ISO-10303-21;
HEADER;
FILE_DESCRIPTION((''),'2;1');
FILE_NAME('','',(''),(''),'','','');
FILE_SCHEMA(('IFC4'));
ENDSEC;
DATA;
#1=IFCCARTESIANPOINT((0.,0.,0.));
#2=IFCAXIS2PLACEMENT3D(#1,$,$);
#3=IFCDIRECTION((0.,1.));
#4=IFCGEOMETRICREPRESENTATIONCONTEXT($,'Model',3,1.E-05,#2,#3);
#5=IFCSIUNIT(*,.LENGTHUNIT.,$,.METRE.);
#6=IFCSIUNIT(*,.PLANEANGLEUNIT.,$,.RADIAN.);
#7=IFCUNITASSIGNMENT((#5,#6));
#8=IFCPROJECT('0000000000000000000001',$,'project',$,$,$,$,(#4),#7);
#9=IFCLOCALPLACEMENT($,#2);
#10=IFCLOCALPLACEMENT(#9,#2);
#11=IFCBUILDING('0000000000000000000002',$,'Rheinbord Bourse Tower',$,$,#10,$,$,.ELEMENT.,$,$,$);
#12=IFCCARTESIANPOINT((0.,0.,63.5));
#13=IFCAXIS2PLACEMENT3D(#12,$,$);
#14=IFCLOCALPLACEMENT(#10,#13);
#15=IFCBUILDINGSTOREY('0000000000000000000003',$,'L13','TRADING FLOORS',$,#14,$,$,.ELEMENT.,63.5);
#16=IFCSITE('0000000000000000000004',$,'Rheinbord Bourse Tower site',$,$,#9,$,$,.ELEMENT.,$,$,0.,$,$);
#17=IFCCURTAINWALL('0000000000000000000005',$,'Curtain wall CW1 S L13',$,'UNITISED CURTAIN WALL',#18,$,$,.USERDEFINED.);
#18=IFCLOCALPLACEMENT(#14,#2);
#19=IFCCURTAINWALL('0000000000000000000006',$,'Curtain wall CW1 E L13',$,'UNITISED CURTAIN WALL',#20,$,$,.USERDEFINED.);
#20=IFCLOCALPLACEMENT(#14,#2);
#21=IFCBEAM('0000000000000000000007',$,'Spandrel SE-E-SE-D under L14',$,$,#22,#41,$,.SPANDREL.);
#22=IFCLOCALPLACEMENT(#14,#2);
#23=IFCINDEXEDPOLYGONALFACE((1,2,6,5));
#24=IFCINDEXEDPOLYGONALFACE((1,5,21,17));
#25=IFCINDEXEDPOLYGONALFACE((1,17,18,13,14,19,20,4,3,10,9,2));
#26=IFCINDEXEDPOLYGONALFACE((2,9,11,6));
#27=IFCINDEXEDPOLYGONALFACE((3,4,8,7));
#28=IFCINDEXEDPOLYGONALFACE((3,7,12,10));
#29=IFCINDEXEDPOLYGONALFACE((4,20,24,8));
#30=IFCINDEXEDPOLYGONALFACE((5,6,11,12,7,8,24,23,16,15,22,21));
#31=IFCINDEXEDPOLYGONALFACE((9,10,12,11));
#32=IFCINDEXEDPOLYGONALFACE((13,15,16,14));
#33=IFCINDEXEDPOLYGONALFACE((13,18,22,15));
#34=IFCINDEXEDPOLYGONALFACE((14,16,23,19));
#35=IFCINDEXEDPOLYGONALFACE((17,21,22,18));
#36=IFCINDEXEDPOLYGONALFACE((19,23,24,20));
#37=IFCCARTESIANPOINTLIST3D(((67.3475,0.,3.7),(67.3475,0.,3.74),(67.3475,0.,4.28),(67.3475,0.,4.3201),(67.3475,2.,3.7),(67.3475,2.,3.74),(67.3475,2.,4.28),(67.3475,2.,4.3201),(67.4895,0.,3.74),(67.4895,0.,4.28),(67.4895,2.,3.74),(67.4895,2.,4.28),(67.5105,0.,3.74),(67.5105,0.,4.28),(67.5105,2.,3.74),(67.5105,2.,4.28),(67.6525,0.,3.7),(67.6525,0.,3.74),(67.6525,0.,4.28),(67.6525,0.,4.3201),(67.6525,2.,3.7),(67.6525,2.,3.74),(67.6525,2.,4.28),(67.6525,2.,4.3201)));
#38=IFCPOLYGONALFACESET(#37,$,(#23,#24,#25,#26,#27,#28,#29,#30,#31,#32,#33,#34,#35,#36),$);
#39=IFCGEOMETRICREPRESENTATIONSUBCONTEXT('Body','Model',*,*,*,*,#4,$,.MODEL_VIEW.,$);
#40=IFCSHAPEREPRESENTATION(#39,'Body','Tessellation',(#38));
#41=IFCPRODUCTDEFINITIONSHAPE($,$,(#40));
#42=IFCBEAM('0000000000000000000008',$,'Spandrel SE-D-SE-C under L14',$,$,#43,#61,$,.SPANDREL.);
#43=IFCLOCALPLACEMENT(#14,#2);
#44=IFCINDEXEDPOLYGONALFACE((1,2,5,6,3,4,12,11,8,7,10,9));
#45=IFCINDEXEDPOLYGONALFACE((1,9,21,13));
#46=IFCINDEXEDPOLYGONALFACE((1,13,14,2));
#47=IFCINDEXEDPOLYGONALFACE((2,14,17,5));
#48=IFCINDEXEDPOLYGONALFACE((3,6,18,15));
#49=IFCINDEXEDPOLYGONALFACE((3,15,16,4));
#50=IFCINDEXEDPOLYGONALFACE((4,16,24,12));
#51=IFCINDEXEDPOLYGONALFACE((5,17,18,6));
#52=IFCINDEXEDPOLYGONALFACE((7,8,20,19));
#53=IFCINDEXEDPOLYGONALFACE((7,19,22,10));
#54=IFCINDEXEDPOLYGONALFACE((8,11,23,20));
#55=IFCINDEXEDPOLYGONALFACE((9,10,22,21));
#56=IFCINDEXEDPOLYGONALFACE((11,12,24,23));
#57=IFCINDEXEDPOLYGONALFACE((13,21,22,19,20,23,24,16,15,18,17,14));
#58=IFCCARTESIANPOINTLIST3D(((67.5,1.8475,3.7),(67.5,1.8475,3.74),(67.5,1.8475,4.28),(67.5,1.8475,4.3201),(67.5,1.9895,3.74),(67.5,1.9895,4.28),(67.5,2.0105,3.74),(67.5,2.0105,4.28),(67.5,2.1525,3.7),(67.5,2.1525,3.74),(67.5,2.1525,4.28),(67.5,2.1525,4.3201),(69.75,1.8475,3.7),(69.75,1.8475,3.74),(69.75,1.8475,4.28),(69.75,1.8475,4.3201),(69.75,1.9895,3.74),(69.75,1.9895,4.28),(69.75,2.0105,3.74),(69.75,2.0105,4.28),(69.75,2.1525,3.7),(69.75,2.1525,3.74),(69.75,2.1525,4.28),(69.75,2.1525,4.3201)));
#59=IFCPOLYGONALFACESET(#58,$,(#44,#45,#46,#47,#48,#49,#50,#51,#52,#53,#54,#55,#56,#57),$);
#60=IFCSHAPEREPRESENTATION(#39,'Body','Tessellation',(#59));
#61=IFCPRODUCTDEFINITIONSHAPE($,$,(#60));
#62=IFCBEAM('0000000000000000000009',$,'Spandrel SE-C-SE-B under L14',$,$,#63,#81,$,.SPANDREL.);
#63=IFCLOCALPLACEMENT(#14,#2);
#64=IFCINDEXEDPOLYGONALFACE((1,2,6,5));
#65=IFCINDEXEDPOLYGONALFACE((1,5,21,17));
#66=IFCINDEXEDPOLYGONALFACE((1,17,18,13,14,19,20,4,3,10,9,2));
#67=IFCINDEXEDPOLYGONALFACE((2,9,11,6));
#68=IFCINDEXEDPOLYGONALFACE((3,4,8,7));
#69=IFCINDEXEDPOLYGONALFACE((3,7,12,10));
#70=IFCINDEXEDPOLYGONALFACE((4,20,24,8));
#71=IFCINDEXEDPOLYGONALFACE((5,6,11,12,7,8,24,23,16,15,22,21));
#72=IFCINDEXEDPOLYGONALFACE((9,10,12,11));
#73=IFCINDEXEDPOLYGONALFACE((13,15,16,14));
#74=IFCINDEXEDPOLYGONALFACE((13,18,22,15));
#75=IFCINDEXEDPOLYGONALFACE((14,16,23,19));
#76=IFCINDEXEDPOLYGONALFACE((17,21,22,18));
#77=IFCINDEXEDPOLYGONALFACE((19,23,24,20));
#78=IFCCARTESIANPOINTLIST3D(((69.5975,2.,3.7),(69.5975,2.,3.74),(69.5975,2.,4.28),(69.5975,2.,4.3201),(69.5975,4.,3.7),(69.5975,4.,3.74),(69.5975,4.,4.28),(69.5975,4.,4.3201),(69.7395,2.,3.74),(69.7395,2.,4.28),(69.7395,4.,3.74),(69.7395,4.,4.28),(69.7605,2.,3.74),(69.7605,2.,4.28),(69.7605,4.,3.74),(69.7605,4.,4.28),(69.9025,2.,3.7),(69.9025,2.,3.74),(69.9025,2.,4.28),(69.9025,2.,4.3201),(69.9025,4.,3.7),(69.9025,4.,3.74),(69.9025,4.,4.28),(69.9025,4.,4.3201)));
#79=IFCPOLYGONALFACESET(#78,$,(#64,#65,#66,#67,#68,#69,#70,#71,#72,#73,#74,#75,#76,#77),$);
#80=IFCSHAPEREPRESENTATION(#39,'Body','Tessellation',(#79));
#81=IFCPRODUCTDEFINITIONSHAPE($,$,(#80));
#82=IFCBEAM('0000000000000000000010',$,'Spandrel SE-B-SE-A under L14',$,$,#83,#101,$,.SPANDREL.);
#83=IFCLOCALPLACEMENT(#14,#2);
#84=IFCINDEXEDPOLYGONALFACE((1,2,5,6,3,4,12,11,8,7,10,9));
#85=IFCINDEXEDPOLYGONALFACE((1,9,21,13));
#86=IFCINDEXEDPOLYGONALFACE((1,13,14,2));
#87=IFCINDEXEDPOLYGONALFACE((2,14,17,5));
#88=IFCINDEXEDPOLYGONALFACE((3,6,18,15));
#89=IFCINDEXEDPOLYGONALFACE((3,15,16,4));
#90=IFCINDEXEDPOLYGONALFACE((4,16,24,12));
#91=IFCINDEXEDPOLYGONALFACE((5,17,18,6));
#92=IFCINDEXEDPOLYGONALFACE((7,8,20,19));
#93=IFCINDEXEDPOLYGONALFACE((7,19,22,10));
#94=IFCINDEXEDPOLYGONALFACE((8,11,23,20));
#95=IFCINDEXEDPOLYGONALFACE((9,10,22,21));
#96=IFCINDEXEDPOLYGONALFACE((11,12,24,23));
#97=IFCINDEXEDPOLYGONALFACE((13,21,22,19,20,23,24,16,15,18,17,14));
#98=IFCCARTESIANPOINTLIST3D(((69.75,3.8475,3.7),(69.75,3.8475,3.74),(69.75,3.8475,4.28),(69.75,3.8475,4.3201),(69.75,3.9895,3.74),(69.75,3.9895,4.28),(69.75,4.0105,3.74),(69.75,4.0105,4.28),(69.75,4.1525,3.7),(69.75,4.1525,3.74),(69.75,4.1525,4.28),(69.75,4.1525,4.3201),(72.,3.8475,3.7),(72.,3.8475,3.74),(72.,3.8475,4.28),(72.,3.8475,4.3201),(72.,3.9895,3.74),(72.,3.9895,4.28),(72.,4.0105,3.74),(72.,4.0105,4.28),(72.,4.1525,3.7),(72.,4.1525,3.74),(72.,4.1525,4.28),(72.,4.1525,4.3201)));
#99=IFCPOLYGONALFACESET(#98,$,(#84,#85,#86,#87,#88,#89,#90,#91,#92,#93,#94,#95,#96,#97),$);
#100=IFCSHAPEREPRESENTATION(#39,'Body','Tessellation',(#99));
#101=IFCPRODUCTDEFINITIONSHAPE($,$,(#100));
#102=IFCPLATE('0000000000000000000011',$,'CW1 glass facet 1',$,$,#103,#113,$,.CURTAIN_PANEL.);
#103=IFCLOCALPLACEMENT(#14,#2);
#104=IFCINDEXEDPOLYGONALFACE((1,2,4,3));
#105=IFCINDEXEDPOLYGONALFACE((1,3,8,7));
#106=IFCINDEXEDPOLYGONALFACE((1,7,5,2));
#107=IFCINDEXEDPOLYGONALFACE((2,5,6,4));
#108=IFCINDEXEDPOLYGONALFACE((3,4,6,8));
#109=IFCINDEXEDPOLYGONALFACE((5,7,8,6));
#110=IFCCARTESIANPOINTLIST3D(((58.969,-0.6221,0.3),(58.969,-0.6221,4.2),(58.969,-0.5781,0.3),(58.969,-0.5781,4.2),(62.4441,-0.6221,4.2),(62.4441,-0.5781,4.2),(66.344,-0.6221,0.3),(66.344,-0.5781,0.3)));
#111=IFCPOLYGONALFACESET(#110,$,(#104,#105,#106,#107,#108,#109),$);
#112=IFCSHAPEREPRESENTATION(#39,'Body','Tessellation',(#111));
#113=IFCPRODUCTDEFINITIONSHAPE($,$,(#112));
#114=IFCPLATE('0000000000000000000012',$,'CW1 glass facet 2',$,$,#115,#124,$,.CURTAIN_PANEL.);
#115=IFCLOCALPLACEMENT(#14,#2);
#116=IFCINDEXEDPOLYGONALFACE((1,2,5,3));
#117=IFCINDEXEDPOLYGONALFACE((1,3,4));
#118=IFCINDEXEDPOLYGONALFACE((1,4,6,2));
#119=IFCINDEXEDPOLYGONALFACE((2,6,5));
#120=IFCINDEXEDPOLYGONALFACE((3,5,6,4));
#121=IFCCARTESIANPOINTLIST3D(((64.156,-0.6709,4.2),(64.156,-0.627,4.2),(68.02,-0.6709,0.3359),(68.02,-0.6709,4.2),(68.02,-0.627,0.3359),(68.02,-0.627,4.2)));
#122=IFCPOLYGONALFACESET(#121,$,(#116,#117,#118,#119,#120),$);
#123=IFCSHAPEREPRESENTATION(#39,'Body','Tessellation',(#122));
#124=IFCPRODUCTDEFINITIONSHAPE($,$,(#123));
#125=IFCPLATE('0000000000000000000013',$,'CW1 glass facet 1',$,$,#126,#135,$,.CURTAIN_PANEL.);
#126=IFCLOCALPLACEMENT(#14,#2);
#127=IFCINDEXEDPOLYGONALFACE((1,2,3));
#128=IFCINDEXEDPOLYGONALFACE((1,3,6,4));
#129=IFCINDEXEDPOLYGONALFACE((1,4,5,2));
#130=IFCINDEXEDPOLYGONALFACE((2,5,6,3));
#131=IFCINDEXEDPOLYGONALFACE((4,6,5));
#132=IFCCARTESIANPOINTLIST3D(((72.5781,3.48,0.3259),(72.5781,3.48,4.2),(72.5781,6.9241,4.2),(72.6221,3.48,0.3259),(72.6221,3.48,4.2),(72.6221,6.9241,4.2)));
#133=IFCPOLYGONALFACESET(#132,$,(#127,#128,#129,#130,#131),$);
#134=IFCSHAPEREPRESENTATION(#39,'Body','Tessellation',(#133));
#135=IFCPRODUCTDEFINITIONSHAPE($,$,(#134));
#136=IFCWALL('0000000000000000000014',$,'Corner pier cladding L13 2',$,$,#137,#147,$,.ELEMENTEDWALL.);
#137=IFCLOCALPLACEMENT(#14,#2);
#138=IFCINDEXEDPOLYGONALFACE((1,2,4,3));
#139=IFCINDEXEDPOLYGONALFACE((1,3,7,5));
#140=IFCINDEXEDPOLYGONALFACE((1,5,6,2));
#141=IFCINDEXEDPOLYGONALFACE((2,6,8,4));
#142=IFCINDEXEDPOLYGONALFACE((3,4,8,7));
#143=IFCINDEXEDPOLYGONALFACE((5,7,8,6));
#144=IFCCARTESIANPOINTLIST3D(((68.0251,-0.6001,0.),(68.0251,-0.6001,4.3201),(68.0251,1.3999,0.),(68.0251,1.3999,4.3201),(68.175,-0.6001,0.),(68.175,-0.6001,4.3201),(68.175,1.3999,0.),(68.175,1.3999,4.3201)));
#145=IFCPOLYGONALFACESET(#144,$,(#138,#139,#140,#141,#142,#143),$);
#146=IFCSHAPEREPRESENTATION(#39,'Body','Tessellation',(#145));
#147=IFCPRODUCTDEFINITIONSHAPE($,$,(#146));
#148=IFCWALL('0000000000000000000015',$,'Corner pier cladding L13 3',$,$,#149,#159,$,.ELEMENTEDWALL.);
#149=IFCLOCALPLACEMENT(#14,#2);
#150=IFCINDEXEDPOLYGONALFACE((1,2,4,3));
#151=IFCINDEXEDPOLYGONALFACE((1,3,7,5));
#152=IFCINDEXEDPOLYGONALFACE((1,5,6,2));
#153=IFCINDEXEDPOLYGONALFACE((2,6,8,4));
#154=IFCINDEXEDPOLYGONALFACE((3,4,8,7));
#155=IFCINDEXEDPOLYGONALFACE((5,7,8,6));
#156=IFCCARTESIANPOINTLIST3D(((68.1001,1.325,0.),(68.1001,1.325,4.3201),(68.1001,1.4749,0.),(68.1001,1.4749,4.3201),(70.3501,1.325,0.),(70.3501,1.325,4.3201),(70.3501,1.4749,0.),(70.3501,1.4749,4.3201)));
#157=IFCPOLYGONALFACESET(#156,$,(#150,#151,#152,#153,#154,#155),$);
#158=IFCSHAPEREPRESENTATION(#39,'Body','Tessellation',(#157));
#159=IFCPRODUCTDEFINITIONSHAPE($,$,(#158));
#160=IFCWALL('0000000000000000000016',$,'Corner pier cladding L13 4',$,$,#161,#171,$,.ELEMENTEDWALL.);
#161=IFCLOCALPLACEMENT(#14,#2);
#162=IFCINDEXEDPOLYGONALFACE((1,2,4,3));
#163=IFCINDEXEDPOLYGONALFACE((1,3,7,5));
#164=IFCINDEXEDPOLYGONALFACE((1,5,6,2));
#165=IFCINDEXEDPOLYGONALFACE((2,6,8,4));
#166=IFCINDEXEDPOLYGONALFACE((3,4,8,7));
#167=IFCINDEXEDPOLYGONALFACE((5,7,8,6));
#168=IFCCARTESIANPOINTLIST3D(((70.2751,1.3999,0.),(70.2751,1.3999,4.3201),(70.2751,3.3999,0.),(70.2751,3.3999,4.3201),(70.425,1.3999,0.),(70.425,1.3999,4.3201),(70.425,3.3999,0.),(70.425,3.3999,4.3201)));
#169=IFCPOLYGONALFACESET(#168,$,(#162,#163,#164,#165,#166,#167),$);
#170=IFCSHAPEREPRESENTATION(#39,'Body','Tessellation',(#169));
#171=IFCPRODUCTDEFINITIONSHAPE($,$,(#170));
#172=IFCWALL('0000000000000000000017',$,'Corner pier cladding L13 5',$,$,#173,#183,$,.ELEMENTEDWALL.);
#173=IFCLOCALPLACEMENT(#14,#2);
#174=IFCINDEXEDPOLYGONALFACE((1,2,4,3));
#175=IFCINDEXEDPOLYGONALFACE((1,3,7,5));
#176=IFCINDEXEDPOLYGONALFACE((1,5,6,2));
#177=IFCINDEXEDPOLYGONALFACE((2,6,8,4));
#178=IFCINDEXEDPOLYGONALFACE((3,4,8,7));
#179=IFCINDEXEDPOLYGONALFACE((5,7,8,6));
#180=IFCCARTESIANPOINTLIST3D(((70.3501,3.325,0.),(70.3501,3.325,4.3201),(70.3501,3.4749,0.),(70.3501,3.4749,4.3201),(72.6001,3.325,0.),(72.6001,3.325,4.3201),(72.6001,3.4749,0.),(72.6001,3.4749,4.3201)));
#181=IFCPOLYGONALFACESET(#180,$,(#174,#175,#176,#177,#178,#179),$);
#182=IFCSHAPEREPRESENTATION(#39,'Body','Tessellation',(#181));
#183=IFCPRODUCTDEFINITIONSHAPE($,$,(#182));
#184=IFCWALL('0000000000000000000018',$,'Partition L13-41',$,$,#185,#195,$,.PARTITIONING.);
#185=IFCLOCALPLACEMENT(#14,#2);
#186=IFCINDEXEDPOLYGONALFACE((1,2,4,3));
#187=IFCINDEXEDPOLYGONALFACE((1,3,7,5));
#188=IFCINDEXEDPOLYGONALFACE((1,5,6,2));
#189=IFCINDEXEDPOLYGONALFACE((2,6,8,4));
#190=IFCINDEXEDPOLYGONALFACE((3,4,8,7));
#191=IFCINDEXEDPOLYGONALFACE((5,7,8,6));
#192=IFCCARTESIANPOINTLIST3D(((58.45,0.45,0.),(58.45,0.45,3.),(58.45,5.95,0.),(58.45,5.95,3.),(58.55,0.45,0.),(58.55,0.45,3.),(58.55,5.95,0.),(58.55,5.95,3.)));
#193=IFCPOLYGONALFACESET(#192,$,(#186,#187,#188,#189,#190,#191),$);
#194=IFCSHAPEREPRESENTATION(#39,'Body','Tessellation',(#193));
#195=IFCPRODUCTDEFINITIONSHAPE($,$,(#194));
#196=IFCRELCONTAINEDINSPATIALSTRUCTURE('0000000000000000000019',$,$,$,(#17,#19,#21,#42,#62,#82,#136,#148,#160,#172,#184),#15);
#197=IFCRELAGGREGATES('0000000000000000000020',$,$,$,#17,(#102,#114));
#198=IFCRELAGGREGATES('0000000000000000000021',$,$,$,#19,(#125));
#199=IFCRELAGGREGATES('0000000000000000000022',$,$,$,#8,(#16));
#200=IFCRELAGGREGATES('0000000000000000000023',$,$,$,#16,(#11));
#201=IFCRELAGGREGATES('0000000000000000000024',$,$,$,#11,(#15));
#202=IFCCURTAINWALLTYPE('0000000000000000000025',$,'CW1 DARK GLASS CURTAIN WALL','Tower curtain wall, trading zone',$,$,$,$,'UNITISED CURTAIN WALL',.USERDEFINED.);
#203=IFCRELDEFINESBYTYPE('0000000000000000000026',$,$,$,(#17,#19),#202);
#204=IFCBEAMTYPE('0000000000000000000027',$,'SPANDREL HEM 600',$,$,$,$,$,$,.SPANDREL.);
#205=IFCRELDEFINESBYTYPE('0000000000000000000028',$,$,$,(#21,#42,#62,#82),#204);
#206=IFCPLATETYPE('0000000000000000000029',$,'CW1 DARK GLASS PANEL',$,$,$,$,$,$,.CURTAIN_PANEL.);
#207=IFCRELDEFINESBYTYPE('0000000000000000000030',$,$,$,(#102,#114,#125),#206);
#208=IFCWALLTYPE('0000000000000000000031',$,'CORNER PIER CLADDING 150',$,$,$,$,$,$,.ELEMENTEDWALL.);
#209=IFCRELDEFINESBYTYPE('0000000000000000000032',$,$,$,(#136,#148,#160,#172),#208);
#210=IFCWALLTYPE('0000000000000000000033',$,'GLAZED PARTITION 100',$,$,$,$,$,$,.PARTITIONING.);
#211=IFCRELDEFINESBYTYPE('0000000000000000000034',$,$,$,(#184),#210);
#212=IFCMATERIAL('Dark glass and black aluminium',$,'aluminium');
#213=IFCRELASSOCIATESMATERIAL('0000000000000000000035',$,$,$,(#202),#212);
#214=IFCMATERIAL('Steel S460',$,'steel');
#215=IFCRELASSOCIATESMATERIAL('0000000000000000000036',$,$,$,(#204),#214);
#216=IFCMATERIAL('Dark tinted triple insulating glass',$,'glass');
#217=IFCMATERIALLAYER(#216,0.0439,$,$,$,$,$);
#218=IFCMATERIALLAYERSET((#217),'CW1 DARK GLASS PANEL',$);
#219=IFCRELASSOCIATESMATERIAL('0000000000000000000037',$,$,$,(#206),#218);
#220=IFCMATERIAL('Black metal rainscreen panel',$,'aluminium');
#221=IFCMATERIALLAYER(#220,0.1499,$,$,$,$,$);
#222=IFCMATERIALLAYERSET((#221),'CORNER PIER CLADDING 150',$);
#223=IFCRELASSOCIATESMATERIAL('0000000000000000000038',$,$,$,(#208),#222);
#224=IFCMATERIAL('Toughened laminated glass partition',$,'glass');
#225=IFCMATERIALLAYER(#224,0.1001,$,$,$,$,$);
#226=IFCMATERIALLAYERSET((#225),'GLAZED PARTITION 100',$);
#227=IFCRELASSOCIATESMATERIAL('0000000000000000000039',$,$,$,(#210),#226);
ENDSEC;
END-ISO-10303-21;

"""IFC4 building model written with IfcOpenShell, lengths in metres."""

from ifc_helpers import new_model, si_unit, direction, frame, frame_2d, origin, origin_2d, place, context, subcontext, project, spatial, polyline, rectangle, i_section, outline, extrude, material, layer, layer_set, material_profile, profile_set, type_object, element, aggregate, save


model = new_model("IFC4")

# Units and contexts
model_context = context("Model", 3, precision=1e-05, world=origin(), true_north=direction((0.0, 1.0)))
body_context = subcontext(model_context, "Body", "Model", "MODEL_VIEW")
ifc_project = project(units=[si_unit("LENGTHUNIT", "METRE"), si_unit("PLANEANGLEUNIT", "RADIAN")], contexts=[model_context])

# Site, building, storey
site_placement = place(None, origin())
site = spatial("IfcSite", under=ifc_project, at=site_placement, Name="Rheinbord Bourse Tower site", CompositionType="ELEMENT", RefElevation=0.0)
building_placement = place(site_placement, origin())
building = spatial("IfcBuilding", under=site, at=building_placement, Name="Rheinbord Bourse Tower", CompositionType="ELEMENT")
storey_placement = place(building_placement, frame((0.0, 0.0, 63.5)))
storey = spatial("IfcBuildingStorey", under=building, at=storey_placement, Name="L13", Description="TRADING FLOORS", CompositionType="ELEMENT", Elevation=63.5)

# Curtain wall
ifc_material_1 = material(Name="Dark glass and black aluminium", Category="aluminium")
curtain_wall_type = type_object("IfcCurtainWallType", Name="CW1 DARK GLASS CURTAIN WALL", Description="Tower curtain wall, trading zone", ElementType="UNITISED CURTAIN WALL", PredefinedType="USERDEFINED", material=ifc_material_1)
curtain_wall_1_placement = place(storey_placement, origin())
curtain_wall_1 = element("IfcCurtainWall", 1, at=curtain_wall_1_placement, inside=storey, type_object=curtain_wall_type, Name="Curtain wall CW1 S L13", ObjectType="UNITISED CURTAIN WALL", PredefinedType="USERDEFINED")

# Curtain wall
curtain_wall_2_placement = place(storey_placement, origin())
curtain_wall_2 = element("IfcCurtainWall", 2, at=curtain_wall_2_placement, inside=storey, type_object=curtain_wall_type, Name="Curtain wall CW1 E L13", ObjectType="UNITISED CURTAIN WALL", PredefinedType="USERDEFINED")

# Beams
ifc_material_2 = material(Name="Steel S460", Category="steel")
ifc_material_profile_1 = material_profile(ifc_material_2, i_section(OverallWidth=0.3049, OverallDepth=0.6201, WebThickness=0.021, FlangeThickness=0.04, at=origin_2d()), Name="HEM 600")
ifc_profile_set_1 = profile_set([ifc_material_profile_1], Name="Steel S460")
beam_type_1 = type_object("IfcBeamType", Name="SPANDREL HEM 600", PredefinedType="SPANDREL", material=ifc_profile_set_1)
beam_1_placement = place(storey_placement, frame((67.5, 0.0, 4.01), z_axis=(0.0, 1.0, 0.0), x_axis=(-1.0, 0.0, 0.0)))
element("IfcBeam", 3, at=beam_1_placement, inside=storey, type_object=beam_type_1, Name="Spandrel SE-E-SE-D under L14", PredefinedType="SPANDREL", context=body_context, shape_type="SweptSolid", body=[
    extrude(i_section(OverallWidth=0.3049, OverallDepth=0.6201, WebThickness=0.021, FlangeThickness=0.04, at=origin_2d()), origin(), (0.0, 0.0, 1.0), 2.0),
])
beam_2_placement = place(storey_placement, frame((67.5, 2.0, 4.01), z_axis=(1.0, 0.0, 0.0), x_axis=(0.0, 1.0, 0.0)))
element("IfcBeam", 4, at=beam_2_placement, inside=storey, type_object=beam_type_1, Name="Spandrel SE-D-SE-C under L14", PredefinedType="SPANDREL", context=body_context, shape_type="SweptSolid", body=[
    extrude(i_section(OverallWidth=0.3049, OverallDepth=0.6201, WebThickness=0.021, FlangeThickness=0.04, at=origin_2d()), origin(), (0.0, 0.0, 1.0), 2.25),
])
beam_3_placement = place(storey_placement, frame((69.75, 2.0, 4.01), z_axis=(0.0, 1.0, 0.0), x_axis=(-1.0, 0.0, 0.0)))
element("IfcBeam", 5, at=beam_3_placement, inside=storey, type_object=beam_type_1, Name="Spandrel SE-C-SE-B under L14", PredefinedType="SPANDREL", context=body_context, shape_type="SweptSolid", body=[
    extrude(i_section(OverallWidth=0.3049, OverallDepth=0.6201, WebThickness=0.021, FlangeThickness=0.04, at=origin_2d()), origin(), (0.0, 0.0, 1.0), 2.0),
])
beam_4_placement = place(storey_placement, frame((69.75, 4.0, 4.01), z_axis=(1.0, 0.0, 0.0), x_axis=(0.0, 1.0, 0.0)))
element("IfcBeam", 6, at=beam_4_placement, inside=storey, type_object=beam_type_1, Name="Spandrel SE-B-SE-A under L14", PredefinedType="SPANDREL", context=body_context, shape_type="SweptSolid", body=[
    extrude(i_section(OverallWidth=0.3049, OverallDepth=0.6201, WebThickness=0.021, FlangeThickness=0.04, at=origin_2d()), origin(), (0.0, 0.0, 1.0), 2.25),
])

# Plates
ifc_material_3 = material(Name="Dark tinted triple insulating glass", Category="glass")
ifc_layer_1 = layer(ifc_material_3, 0.0439)
ifc_layer_set_1 = layer_set([ifc_layer_1], Name="CW1 DARK GLASS PANEL")
plate_type = type_object("IfcPlateType", Name="CW1 DARK GLASS PANEL", PredefinedType="CURTAIN_PANEL", material=ifc_layer_set_1)
plate_1_placement = place(storey_placement, frame((58.969, -0.6221, 0.3), z_axis=(0.0, 1.0, 0.0), x_axis=(0.0, 0.0, 1.0)))
plate_1 = element("IfcPlate", 7, at=plate_1_placement, type_object=plate_type, Name="CW1 glass facet 1", PredefinedType="CURTAIN_PANEL", context=body_context, shape_type="SweptSolid", body=[
    extrude(outline(polyline([(0.0, 0.0), (3.8999, 0.0), (3.8999, 3.4751), (0.0, 7.375), (0.0, 0.0)])), origin(), (0.0, 0.0, 1.0), 0.0439),
])
plate_2_placement = place(storey_placement, frame((68.02, -0.6709, 4.2), z_axis=(0.0, 1.0, 0.0), x_axis=(0.0, 0.0, -1.0)))
plate_2 = element("IfcPlate", 8, at=plate_2_placement, type_object=plate_type, Name="CW1 glass facet 2", PredefinedType="CURTAIN_PANEL", context=body_context, shape_type="SweptSolid", body=[
    extrude(outline(polyline([(0.0, 0.0), (3.864, 0.0), (0.0, 3.864), (0.0, 0.0)])), origin(), (0.0, 0.0, 1.0), 0.0439),
])
aggregate(curtain_wall_1, [plate_1, plate_2])
plate_3_placement = place(storey_placement, frame((72.6221, 3.48, 4.2), z_axis=(-1.0, 0.0, 0.0), x_axis=(0.0, 1.0, 0.0)))
plate_3 = element("IfcPlate", 9, at=plate_3_placement, type_object=plate_type, Name="CW1 glass facet 1", PredefinedType="CURTAIN_PANEL", context=body_context, shape_type="SweptSolid", body=[
    extrude(outline(polyline([(0.0, 0.0), (3.4441, 0.0), (0.0, 3.874), (0.0, 0.0)])), origin(), (0.0, 0.0, 1.0), 0.0439),
])
aggregate(curtain_wall_2, [plate_3])

# Walls
ifc_material_4 = material(Name="Black metal rainscreen panel", Category="aluminium")
ifc_layer_2 = layer(ifc_material_4, 0.1499)
ifc_layer_set_2 = layer_set([ifc_layer_2], Name="CORNER PIER CLADDING 150")
wall_type_1 = type_object("IfcWallType", Name="CORNER PIER CLADDING 150", PredefinedType="ELEMENTEDWALL", material=ifc_layer_set_2)
wall_1_placement = place(storey_placement, frame((68.1001, -0.6001, 0.0), z_axis=(0.0, 0.0, 1.0), x_axis=(0.0, 1.0, 0.0)))
element("IfcWall", 10, at=wall_1_placement, inside=storey, type_object=wall_type_1, Name="Corner pier cladding L13 2", PredefinedType="ELEMENTEDWALL", context=body_context, shape_type="SweptSolid", body=[
    extrude(rectangle(XDim=2.0, YDim=0.1499, at=frame_2d((1.0, 0.0))), origin(), (0.0, 0.0, 1.0), 4.3201),
])
wall_2_placement = place(storey_placement, frame((68.1001, 1.3999, 0.0), z_axis=(0.0, 0.0, 1.0), x_axis=(1.0, 0.0, 0.0)))
element("IfcWall", 11, at=wall_2_placement, inside=storey, type_object=wall_type_1, Name="Corner pier cladding L13 3", PredefinedType="ELEMENTEDWALL", context=body_context, shape_type="SweptSolid", body=[
    extrude(rectangle(XDim=2.25, YDim=0.1499, at=frame_2d((1.125, 0.0))), origin(), (0.0, 0.0, 1.0), 4.3201),
])
wall_3_placement = place(storey_placement, frame((70.3501, 1.3999, 0.0), z_axis=(0.0, 0.0, 1.0), x_axis=(0.0, 1.0, 0.0)))
element("IfcWall", 12, at=wall_3_placement, inside=storey, type_object=wall_type_1, Name="Corner pier cladding L13 4", PredefinedType="ELEMENTEDWALL", context=body_context, shape_type="SweptSolid", body=[
    extrude(rectangle(XDim=2.0, YDim=0.1499, at=frame_2d((1.0, 0.0))), origin(), (0.0, 0.0, 1.0), 4.3201),
])
wall_4_placement = place(storey_placement, frame((70.3501, 3.3999, 0.0), z_axis=(0.0, 0.0, 1.0), x_axis=(1.0, 0.0, 0.0)))
element("IfcWall", 13, at=wall_4_placement, inside=storey, type_object=wall_type_1, Name="Corner pier cladding L13 5", PredefinedType="ELEMENTEDWALL", context=body_context, shape_type="SweptSolid", body=[
    extrude(rectangle(XDim=2.25, YDim=0.1499, at=frame_2d((1.125, 0.0))), origin(), (0.0, 0.0, 1.0), 4.3201),
])
ifc_material_5 = material(Name="Toughened laminated glass partition", Category="glass")
ifc_layer_3 = layer(ifc_material_5, 0.1001)
ifc_layer_set_3 = layer_set([ifc_layer_3], Name="GLAZED PARTITION 100")
wall_type_2 = type_object("IfcWallType", Name="GLAZED PARTITION 100", PredefinedType="PARTITIONING", material=ifc_layer_set_3)
wall_5_placement = place(storey_placement, frame((58.5, 0.45, 0.0), z_axis=(0.0, 0.0, 1.0), x_axis=(0.0, 1.0, 0.0)))
element("IfcWall", 14, at=wall_5_placement, inside=storey, type_object=wall_type_2, Name="Partition L13-41", PredefinedType="PARTITIONING", context=body_context, shape_type="SweptSolid", body=[
    extrude(rectangle(XDim=5.5, YDim=0.1001, at=frame_2d((2.75, 0.0))), origin(), (0.0, 0.0, 1.0), 3.0),
])

save(model, "model.ifc")
